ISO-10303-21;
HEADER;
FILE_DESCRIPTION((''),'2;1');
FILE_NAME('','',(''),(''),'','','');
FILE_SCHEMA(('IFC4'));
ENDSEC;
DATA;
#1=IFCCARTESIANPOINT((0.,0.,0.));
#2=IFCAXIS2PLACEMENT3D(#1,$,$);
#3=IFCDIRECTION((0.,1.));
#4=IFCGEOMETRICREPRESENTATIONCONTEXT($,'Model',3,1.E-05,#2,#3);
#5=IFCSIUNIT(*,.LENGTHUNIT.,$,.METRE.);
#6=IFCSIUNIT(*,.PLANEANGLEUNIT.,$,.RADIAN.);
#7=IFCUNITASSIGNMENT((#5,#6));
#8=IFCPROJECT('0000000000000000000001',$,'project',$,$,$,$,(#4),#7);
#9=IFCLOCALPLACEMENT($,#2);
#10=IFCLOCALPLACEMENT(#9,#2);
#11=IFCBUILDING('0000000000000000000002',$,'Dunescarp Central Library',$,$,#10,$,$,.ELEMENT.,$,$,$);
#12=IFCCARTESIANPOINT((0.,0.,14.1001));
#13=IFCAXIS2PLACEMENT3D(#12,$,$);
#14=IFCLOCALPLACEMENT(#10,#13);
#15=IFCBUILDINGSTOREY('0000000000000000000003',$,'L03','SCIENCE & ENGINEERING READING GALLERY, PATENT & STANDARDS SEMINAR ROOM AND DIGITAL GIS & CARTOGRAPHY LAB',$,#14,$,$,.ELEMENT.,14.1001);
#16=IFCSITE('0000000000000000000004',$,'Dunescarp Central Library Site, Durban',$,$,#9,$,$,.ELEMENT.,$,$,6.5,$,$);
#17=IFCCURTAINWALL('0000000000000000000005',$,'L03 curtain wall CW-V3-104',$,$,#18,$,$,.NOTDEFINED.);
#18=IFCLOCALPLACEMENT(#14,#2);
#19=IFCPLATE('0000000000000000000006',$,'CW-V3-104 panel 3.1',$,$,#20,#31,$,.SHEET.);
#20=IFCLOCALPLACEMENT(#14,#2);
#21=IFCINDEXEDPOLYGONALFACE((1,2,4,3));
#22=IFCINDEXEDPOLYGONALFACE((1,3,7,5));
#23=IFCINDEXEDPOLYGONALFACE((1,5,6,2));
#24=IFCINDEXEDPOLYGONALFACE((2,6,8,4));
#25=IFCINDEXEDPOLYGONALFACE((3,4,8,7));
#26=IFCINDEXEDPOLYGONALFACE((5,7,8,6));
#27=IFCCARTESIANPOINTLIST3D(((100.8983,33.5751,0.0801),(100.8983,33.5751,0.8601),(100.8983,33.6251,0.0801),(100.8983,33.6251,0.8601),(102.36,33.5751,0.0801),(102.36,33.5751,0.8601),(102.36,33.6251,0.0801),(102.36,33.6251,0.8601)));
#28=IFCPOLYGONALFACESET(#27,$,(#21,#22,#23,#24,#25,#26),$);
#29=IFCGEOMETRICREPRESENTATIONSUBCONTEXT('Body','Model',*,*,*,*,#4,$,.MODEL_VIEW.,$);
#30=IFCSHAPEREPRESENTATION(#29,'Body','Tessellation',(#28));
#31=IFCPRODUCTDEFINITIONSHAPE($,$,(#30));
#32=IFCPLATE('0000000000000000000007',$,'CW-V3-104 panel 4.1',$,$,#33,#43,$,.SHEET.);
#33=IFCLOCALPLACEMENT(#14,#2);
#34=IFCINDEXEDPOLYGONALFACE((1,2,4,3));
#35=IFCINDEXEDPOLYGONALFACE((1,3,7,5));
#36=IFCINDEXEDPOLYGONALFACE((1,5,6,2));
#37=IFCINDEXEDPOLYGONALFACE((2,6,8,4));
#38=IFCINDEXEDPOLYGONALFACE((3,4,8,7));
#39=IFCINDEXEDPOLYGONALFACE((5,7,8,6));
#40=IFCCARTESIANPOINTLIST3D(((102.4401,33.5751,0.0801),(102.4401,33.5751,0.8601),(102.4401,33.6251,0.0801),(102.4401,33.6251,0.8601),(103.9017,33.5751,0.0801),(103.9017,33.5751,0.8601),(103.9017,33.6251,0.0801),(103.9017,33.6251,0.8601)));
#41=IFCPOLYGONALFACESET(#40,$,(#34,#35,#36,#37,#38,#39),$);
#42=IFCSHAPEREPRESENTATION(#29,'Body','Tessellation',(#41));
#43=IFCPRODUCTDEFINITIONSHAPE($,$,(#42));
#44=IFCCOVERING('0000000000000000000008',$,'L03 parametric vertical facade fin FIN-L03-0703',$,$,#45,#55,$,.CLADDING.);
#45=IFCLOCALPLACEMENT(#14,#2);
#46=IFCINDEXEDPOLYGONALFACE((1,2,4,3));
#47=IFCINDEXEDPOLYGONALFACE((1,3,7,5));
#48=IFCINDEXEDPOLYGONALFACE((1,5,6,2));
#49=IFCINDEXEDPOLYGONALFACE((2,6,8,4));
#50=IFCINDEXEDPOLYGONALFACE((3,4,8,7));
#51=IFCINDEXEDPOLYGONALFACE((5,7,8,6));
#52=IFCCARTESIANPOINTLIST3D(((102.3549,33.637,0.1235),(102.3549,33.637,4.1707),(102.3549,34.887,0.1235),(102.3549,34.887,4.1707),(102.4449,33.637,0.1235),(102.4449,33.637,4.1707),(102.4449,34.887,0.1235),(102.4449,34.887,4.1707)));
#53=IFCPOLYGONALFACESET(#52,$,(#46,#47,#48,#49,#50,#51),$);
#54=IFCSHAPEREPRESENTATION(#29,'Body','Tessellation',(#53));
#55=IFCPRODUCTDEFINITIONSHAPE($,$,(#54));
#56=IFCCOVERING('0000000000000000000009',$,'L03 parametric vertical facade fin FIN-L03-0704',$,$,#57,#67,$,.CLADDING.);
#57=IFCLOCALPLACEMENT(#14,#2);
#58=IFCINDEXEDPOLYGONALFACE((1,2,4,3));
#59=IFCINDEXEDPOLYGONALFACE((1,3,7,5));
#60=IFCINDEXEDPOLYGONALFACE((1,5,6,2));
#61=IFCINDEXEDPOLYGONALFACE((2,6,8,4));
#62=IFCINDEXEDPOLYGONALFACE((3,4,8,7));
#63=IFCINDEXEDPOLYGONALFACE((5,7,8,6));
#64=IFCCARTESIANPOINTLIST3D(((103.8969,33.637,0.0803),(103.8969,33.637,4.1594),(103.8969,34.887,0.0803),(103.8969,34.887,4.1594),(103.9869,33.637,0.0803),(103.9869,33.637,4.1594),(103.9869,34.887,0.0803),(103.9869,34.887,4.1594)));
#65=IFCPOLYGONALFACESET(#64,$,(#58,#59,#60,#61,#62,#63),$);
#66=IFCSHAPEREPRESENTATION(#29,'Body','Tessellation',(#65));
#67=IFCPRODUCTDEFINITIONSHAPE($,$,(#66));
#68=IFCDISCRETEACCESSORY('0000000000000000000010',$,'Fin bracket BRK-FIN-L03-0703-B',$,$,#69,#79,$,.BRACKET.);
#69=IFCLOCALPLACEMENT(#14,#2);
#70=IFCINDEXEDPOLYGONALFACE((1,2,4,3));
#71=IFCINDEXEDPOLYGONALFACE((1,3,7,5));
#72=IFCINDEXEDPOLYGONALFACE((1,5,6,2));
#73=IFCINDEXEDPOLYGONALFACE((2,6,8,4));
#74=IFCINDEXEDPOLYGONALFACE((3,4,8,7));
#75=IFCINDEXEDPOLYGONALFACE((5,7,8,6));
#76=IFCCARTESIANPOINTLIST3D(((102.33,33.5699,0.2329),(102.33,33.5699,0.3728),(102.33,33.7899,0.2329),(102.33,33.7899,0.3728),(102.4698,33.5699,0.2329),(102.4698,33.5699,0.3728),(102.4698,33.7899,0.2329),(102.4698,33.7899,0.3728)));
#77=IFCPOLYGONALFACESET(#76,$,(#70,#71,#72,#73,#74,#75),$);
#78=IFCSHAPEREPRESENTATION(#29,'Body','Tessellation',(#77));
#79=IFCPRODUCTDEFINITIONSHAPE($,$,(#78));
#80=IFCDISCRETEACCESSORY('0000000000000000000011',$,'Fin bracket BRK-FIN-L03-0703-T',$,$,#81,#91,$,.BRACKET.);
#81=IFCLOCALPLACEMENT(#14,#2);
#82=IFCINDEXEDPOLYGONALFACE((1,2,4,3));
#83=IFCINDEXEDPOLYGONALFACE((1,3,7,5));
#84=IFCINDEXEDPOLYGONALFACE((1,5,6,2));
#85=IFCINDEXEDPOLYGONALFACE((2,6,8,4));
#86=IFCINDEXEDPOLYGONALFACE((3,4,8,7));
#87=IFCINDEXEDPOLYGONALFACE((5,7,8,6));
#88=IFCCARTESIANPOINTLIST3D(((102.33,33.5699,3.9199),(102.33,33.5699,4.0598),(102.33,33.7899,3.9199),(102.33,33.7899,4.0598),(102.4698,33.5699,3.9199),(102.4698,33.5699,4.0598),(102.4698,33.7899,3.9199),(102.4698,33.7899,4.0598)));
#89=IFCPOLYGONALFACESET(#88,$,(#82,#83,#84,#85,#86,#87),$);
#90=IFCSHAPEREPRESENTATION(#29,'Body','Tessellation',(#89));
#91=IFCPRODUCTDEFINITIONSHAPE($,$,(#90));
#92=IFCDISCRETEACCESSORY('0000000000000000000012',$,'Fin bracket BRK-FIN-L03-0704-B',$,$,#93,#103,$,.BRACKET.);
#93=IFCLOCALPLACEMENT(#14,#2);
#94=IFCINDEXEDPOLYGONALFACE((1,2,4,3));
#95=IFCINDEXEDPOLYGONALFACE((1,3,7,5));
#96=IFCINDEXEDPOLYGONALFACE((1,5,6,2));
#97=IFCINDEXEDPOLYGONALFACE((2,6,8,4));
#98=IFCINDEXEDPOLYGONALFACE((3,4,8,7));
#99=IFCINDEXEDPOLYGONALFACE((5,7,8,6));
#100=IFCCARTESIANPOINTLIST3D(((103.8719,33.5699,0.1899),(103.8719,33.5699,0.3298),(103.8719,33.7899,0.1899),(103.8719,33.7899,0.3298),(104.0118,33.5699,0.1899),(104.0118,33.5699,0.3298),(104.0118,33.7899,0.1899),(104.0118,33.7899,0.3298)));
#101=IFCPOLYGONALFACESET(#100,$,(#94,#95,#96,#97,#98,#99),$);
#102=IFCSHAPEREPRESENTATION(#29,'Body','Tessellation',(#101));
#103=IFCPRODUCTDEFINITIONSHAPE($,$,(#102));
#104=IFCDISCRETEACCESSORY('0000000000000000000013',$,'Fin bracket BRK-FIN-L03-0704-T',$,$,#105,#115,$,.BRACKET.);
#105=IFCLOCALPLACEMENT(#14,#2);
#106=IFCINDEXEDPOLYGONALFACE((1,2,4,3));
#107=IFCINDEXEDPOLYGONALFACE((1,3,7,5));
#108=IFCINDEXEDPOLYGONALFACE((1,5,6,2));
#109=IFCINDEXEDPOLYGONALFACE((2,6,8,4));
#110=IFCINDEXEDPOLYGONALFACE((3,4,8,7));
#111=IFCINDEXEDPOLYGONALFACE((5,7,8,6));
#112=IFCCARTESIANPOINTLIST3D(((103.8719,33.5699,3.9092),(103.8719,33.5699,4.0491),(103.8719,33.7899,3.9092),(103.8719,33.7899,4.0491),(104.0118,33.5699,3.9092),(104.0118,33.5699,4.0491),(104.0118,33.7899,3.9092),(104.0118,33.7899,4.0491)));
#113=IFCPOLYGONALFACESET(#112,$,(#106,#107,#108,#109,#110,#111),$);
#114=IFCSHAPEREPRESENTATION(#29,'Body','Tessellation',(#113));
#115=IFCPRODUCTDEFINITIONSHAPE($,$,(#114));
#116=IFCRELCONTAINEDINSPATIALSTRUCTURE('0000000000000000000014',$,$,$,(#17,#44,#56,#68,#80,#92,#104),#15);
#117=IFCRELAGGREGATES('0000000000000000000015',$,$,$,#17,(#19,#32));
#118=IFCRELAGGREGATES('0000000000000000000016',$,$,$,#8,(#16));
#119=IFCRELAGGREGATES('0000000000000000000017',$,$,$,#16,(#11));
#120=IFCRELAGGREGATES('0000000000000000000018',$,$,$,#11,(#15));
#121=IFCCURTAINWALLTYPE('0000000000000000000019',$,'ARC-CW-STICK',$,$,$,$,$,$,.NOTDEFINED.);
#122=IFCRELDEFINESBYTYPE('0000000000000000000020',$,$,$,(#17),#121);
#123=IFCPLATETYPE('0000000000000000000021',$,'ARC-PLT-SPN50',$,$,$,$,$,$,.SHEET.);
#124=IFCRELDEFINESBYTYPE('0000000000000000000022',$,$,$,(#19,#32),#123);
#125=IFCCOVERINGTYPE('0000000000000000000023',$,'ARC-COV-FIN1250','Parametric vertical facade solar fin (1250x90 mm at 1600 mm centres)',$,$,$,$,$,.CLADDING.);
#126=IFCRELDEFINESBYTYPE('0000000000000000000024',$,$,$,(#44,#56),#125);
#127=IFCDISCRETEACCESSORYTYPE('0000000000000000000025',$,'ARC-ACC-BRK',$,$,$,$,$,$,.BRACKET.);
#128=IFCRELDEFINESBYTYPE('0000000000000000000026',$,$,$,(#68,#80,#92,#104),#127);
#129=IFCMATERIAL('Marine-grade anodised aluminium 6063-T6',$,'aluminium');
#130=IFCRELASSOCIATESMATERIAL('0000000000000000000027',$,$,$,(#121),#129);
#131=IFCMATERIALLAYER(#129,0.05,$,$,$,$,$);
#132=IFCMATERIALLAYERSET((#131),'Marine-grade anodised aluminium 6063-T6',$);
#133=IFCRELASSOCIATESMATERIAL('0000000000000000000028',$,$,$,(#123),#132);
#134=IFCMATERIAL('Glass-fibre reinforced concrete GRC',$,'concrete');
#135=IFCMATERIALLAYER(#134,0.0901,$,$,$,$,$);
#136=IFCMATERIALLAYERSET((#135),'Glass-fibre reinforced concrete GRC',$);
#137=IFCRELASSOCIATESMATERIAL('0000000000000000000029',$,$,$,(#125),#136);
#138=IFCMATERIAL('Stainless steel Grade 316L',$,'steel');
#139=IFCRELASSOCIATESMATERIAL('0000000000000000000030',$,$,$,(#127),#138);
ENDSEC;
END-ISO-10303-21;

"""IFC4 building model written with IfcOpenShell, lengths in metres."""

from ifc_helpers import new_model, si_unit, direction, frame, origin, origin_2d, place, context, subcontext, project, spatial, rectangle, extrude, material, layer, layer_set, type_object, element, aggregate, save


model = new_model("IFC4")

# Units and contexts
model_context = context("Model", 3, precision=1e-05, world=origin(), true_north=direction((0.0, 1.0)))
body_context = subcontext(model_context, "Body", "Model", "MODEL_VIEW")
ifc_project = project(units=[si_unit("LENGTHUNIT", "METRE"), si_unit("PLANEANGLEUNIT", "RADIAN")], contexts=[model_context])

# Site, building, storey
site_placement = place(None, origin())
site = spatial("IfcSite", under=ifc_project, at=site_placement, Name="Dunescarp Central Library Site, Durban", CompositionType="ELEMENT", RefElevation=6.5)
building_placement = place(site_placement, origin())
building = spatial("IfcBuilding", under=site, at=building_placement, Name="Dunescarp Central Library", CompositionType="ELEMENT")
storey_placement = place(building_placement, frame((0.0, 0.0, 14.1001)))
storey = spatial("IfcBuildingStorey", under=building, at=storey_placement, Name="L03", Description="SCIENCE & ENGINEERING READING GALLERY, PATENT & STANDARDS SEMINAR ROOM AND DIGITAL GIS & CARTOGRAPHY LAB", CompositionType="ELEMENT", Elevation=14.1001)

# Curtain wall, plates
ifc_material_1 = material(Name="Marine-grade anodised aluminium 6063-T6", Category="aluminium")
curtain_wall_type = type_object("IfcCurtainWallType", Name="ARC-CW-STICK", PredefinedType="NOTDEFINED", material=ifc_material_1)
curtain_wall_placement = place(storey_placement, origin())
curtain_wall = element("IfcCurtainWall", 1, at=curtain_wall_placement, inside=storey, type_object=curtain_wall_type, Name="L03 curtain wall CW-V3-104", PredefinedType="NOTDEFINED")
ifc_layer_1 = layer(ifc_material_1, 0.05)
ifc_layer_set_1 = layer_set([ifc_layer_1], Name="Marine-grade anodised aluminium 6063-T6")
plate_type_1 = type_object("IfcPlateType", Name="ARC-PLT-SPN50", PredefinedType="SHEET", material=ifc_layer_set_1)
plate_1_placement = place(storey_placement, frame((101.6292, 33.6001, 0.0801), z_axis=(0.0, 0.0, 1.0), x_axis=(1.0, 0.0, 0.0)))
plate_1 = element("IfcPlate", 2, at=plate_1_placement, type_object=plate_type_1, Name="CW-V3-104 panel 3.1", PredefinedType="SHEET", context=body_context, shape_type="SweptSolid", body=[
    extrude(rectangle(XDim=1.4617, YDim=0.05, at=origin_2d()), origin(), (0.0, 0.0, 1.0), 0.78),
])
plate_2_placement = place(storey_placement, frame((103.1709, 33.6001, 0.0801), z_axis=(0.0, 0.0, 1.0), x_axis=(1.0, 0.0, 0.0)))
plate_2 = element("IfcPlate", 3, at=plate_2_placement, type_object=plate_type_1, Name="CW-V3-104 panel 4.1", PredefinedType="SHEET", context=body_context, shape_type="SweptSolid", body=[
    extrude(rectangle(XDim=1.4617, YDim=0.05, at=origin_2d()), origin(), (0.0, 0.0, 1.0), 0.78),
])
aggregate(curtain_wall, [plate_1, plate_2])

# Coverings
ifc_material_2 = material(Name="Glass-fibre reinforced concrete GRC", Category="concrete")
ifc_layer_2 = layer(ifc_material_2, 0.0901)
ifc_layer_set_2 = layer_set([ifc_layer_2], Name="Glass-fibre reinforced concrete GRC")
covering_type = type_object("IfcCoveringType", Name="ARC-COV-FIN1250", Description="Parametric vertical facade solar fin (1250x90 mm at 1600 mm centres)", PredefinedType="CLADDING", material=ifc_layer_set_2)
covering_1_placement = place(storey_placement, frame((102.3999, 34.262, 0.1235), z_axis=(0.0, 0.0, 1.0), x_axis=(0.0, 1.0, 0.0)))
element("IfcCovering", 4, at=covering_1_placement, inside=storey, type_object=covering_type, Name="L03 parametric vertical facade fin FIN-L03-0703", PredefinedType="CLADDING", context=body_context, shape_type="SweptSolid", body=[
    extrude(rectangle(XDim=1.25, YDim=0.0901, at=origin_2d()), origin(), (0.0, 0.0, 1.0), 4.0471),
])
covering_2_placement = place(storey_placement, frame((103.9419, 34.262, 0.0803), z_axis=(0.0, 0.0, 1.0), x_axis=(0.0, 1.0, 0.0)))
element("IfcCovering", 5, at=covering_2_placement, inside=storey, type_object=covering_type, Name="L03 parametric vertical facade fin FIN-L03-0704", PredefinedType="CLADDING", context=body_context, shape_type="SweptSolid", body=[
    extrude(rectangle(XDim=1.25, YDim=0.0901, at=origin_2d()), origin(), (0.0, 0.0, 1.0), 4.0791),
])

# Discrete accessories
ifc_material_3 = material(Name="Stainless steel Grade 316L", Category="steel")
discrete_accessory_type = type_object("IfcDiscreteAccessoryType", Name="ARC-ACC-BRK", PredefinedType="BRACKET", material=ifc_material_3)
for number, where, z_axis, x_axis, name in (
    (6, (102.3999, 33.6799, 0.2329), (0.0, 0.0, 1.0), (0.0, 1.0, 0.0), "Fin bracket BRK-FIN-L03-0703-B"),
    (7, (102.3999, 33.6799, 3.9199), (0.0, 0.0, 1.0), (0.0, 1.0, 0.0), "Fin bracket BRK-FIN-L03-0703-T"),
    (8, (103.9419, 33.6799, 0.1899), (0.0, 0.0, 1.0), (0.0, 1.0, 0.0), "Fin bracket BRK-FIN-L03-0704-B"),
    (9, (103.9419, 33.6799, 3.9092), (0.0, 0.0, 1.0), (0.0, 1.0, 0.0), "Fin bracket BRK-FIN-L03-0704-T"),
):
    element("IfcDiscreteAccessory", number, at=place(storey_placement, frame(where, z_axis=z_axis, x_axis=x_axis)), inside=storey, type_object=discrete_accessory_type, Name=name, PredefinedType="BRACKET", context=body_context, shape_type="SweptSolid", body=[
        extrude(rectangle(XDim=0.22, YDim=0.1399, at=origin_2d()), origin(), (0.0, 0.0, 1.0), 0.1399),
    ])

save(model, "model.ifc")
